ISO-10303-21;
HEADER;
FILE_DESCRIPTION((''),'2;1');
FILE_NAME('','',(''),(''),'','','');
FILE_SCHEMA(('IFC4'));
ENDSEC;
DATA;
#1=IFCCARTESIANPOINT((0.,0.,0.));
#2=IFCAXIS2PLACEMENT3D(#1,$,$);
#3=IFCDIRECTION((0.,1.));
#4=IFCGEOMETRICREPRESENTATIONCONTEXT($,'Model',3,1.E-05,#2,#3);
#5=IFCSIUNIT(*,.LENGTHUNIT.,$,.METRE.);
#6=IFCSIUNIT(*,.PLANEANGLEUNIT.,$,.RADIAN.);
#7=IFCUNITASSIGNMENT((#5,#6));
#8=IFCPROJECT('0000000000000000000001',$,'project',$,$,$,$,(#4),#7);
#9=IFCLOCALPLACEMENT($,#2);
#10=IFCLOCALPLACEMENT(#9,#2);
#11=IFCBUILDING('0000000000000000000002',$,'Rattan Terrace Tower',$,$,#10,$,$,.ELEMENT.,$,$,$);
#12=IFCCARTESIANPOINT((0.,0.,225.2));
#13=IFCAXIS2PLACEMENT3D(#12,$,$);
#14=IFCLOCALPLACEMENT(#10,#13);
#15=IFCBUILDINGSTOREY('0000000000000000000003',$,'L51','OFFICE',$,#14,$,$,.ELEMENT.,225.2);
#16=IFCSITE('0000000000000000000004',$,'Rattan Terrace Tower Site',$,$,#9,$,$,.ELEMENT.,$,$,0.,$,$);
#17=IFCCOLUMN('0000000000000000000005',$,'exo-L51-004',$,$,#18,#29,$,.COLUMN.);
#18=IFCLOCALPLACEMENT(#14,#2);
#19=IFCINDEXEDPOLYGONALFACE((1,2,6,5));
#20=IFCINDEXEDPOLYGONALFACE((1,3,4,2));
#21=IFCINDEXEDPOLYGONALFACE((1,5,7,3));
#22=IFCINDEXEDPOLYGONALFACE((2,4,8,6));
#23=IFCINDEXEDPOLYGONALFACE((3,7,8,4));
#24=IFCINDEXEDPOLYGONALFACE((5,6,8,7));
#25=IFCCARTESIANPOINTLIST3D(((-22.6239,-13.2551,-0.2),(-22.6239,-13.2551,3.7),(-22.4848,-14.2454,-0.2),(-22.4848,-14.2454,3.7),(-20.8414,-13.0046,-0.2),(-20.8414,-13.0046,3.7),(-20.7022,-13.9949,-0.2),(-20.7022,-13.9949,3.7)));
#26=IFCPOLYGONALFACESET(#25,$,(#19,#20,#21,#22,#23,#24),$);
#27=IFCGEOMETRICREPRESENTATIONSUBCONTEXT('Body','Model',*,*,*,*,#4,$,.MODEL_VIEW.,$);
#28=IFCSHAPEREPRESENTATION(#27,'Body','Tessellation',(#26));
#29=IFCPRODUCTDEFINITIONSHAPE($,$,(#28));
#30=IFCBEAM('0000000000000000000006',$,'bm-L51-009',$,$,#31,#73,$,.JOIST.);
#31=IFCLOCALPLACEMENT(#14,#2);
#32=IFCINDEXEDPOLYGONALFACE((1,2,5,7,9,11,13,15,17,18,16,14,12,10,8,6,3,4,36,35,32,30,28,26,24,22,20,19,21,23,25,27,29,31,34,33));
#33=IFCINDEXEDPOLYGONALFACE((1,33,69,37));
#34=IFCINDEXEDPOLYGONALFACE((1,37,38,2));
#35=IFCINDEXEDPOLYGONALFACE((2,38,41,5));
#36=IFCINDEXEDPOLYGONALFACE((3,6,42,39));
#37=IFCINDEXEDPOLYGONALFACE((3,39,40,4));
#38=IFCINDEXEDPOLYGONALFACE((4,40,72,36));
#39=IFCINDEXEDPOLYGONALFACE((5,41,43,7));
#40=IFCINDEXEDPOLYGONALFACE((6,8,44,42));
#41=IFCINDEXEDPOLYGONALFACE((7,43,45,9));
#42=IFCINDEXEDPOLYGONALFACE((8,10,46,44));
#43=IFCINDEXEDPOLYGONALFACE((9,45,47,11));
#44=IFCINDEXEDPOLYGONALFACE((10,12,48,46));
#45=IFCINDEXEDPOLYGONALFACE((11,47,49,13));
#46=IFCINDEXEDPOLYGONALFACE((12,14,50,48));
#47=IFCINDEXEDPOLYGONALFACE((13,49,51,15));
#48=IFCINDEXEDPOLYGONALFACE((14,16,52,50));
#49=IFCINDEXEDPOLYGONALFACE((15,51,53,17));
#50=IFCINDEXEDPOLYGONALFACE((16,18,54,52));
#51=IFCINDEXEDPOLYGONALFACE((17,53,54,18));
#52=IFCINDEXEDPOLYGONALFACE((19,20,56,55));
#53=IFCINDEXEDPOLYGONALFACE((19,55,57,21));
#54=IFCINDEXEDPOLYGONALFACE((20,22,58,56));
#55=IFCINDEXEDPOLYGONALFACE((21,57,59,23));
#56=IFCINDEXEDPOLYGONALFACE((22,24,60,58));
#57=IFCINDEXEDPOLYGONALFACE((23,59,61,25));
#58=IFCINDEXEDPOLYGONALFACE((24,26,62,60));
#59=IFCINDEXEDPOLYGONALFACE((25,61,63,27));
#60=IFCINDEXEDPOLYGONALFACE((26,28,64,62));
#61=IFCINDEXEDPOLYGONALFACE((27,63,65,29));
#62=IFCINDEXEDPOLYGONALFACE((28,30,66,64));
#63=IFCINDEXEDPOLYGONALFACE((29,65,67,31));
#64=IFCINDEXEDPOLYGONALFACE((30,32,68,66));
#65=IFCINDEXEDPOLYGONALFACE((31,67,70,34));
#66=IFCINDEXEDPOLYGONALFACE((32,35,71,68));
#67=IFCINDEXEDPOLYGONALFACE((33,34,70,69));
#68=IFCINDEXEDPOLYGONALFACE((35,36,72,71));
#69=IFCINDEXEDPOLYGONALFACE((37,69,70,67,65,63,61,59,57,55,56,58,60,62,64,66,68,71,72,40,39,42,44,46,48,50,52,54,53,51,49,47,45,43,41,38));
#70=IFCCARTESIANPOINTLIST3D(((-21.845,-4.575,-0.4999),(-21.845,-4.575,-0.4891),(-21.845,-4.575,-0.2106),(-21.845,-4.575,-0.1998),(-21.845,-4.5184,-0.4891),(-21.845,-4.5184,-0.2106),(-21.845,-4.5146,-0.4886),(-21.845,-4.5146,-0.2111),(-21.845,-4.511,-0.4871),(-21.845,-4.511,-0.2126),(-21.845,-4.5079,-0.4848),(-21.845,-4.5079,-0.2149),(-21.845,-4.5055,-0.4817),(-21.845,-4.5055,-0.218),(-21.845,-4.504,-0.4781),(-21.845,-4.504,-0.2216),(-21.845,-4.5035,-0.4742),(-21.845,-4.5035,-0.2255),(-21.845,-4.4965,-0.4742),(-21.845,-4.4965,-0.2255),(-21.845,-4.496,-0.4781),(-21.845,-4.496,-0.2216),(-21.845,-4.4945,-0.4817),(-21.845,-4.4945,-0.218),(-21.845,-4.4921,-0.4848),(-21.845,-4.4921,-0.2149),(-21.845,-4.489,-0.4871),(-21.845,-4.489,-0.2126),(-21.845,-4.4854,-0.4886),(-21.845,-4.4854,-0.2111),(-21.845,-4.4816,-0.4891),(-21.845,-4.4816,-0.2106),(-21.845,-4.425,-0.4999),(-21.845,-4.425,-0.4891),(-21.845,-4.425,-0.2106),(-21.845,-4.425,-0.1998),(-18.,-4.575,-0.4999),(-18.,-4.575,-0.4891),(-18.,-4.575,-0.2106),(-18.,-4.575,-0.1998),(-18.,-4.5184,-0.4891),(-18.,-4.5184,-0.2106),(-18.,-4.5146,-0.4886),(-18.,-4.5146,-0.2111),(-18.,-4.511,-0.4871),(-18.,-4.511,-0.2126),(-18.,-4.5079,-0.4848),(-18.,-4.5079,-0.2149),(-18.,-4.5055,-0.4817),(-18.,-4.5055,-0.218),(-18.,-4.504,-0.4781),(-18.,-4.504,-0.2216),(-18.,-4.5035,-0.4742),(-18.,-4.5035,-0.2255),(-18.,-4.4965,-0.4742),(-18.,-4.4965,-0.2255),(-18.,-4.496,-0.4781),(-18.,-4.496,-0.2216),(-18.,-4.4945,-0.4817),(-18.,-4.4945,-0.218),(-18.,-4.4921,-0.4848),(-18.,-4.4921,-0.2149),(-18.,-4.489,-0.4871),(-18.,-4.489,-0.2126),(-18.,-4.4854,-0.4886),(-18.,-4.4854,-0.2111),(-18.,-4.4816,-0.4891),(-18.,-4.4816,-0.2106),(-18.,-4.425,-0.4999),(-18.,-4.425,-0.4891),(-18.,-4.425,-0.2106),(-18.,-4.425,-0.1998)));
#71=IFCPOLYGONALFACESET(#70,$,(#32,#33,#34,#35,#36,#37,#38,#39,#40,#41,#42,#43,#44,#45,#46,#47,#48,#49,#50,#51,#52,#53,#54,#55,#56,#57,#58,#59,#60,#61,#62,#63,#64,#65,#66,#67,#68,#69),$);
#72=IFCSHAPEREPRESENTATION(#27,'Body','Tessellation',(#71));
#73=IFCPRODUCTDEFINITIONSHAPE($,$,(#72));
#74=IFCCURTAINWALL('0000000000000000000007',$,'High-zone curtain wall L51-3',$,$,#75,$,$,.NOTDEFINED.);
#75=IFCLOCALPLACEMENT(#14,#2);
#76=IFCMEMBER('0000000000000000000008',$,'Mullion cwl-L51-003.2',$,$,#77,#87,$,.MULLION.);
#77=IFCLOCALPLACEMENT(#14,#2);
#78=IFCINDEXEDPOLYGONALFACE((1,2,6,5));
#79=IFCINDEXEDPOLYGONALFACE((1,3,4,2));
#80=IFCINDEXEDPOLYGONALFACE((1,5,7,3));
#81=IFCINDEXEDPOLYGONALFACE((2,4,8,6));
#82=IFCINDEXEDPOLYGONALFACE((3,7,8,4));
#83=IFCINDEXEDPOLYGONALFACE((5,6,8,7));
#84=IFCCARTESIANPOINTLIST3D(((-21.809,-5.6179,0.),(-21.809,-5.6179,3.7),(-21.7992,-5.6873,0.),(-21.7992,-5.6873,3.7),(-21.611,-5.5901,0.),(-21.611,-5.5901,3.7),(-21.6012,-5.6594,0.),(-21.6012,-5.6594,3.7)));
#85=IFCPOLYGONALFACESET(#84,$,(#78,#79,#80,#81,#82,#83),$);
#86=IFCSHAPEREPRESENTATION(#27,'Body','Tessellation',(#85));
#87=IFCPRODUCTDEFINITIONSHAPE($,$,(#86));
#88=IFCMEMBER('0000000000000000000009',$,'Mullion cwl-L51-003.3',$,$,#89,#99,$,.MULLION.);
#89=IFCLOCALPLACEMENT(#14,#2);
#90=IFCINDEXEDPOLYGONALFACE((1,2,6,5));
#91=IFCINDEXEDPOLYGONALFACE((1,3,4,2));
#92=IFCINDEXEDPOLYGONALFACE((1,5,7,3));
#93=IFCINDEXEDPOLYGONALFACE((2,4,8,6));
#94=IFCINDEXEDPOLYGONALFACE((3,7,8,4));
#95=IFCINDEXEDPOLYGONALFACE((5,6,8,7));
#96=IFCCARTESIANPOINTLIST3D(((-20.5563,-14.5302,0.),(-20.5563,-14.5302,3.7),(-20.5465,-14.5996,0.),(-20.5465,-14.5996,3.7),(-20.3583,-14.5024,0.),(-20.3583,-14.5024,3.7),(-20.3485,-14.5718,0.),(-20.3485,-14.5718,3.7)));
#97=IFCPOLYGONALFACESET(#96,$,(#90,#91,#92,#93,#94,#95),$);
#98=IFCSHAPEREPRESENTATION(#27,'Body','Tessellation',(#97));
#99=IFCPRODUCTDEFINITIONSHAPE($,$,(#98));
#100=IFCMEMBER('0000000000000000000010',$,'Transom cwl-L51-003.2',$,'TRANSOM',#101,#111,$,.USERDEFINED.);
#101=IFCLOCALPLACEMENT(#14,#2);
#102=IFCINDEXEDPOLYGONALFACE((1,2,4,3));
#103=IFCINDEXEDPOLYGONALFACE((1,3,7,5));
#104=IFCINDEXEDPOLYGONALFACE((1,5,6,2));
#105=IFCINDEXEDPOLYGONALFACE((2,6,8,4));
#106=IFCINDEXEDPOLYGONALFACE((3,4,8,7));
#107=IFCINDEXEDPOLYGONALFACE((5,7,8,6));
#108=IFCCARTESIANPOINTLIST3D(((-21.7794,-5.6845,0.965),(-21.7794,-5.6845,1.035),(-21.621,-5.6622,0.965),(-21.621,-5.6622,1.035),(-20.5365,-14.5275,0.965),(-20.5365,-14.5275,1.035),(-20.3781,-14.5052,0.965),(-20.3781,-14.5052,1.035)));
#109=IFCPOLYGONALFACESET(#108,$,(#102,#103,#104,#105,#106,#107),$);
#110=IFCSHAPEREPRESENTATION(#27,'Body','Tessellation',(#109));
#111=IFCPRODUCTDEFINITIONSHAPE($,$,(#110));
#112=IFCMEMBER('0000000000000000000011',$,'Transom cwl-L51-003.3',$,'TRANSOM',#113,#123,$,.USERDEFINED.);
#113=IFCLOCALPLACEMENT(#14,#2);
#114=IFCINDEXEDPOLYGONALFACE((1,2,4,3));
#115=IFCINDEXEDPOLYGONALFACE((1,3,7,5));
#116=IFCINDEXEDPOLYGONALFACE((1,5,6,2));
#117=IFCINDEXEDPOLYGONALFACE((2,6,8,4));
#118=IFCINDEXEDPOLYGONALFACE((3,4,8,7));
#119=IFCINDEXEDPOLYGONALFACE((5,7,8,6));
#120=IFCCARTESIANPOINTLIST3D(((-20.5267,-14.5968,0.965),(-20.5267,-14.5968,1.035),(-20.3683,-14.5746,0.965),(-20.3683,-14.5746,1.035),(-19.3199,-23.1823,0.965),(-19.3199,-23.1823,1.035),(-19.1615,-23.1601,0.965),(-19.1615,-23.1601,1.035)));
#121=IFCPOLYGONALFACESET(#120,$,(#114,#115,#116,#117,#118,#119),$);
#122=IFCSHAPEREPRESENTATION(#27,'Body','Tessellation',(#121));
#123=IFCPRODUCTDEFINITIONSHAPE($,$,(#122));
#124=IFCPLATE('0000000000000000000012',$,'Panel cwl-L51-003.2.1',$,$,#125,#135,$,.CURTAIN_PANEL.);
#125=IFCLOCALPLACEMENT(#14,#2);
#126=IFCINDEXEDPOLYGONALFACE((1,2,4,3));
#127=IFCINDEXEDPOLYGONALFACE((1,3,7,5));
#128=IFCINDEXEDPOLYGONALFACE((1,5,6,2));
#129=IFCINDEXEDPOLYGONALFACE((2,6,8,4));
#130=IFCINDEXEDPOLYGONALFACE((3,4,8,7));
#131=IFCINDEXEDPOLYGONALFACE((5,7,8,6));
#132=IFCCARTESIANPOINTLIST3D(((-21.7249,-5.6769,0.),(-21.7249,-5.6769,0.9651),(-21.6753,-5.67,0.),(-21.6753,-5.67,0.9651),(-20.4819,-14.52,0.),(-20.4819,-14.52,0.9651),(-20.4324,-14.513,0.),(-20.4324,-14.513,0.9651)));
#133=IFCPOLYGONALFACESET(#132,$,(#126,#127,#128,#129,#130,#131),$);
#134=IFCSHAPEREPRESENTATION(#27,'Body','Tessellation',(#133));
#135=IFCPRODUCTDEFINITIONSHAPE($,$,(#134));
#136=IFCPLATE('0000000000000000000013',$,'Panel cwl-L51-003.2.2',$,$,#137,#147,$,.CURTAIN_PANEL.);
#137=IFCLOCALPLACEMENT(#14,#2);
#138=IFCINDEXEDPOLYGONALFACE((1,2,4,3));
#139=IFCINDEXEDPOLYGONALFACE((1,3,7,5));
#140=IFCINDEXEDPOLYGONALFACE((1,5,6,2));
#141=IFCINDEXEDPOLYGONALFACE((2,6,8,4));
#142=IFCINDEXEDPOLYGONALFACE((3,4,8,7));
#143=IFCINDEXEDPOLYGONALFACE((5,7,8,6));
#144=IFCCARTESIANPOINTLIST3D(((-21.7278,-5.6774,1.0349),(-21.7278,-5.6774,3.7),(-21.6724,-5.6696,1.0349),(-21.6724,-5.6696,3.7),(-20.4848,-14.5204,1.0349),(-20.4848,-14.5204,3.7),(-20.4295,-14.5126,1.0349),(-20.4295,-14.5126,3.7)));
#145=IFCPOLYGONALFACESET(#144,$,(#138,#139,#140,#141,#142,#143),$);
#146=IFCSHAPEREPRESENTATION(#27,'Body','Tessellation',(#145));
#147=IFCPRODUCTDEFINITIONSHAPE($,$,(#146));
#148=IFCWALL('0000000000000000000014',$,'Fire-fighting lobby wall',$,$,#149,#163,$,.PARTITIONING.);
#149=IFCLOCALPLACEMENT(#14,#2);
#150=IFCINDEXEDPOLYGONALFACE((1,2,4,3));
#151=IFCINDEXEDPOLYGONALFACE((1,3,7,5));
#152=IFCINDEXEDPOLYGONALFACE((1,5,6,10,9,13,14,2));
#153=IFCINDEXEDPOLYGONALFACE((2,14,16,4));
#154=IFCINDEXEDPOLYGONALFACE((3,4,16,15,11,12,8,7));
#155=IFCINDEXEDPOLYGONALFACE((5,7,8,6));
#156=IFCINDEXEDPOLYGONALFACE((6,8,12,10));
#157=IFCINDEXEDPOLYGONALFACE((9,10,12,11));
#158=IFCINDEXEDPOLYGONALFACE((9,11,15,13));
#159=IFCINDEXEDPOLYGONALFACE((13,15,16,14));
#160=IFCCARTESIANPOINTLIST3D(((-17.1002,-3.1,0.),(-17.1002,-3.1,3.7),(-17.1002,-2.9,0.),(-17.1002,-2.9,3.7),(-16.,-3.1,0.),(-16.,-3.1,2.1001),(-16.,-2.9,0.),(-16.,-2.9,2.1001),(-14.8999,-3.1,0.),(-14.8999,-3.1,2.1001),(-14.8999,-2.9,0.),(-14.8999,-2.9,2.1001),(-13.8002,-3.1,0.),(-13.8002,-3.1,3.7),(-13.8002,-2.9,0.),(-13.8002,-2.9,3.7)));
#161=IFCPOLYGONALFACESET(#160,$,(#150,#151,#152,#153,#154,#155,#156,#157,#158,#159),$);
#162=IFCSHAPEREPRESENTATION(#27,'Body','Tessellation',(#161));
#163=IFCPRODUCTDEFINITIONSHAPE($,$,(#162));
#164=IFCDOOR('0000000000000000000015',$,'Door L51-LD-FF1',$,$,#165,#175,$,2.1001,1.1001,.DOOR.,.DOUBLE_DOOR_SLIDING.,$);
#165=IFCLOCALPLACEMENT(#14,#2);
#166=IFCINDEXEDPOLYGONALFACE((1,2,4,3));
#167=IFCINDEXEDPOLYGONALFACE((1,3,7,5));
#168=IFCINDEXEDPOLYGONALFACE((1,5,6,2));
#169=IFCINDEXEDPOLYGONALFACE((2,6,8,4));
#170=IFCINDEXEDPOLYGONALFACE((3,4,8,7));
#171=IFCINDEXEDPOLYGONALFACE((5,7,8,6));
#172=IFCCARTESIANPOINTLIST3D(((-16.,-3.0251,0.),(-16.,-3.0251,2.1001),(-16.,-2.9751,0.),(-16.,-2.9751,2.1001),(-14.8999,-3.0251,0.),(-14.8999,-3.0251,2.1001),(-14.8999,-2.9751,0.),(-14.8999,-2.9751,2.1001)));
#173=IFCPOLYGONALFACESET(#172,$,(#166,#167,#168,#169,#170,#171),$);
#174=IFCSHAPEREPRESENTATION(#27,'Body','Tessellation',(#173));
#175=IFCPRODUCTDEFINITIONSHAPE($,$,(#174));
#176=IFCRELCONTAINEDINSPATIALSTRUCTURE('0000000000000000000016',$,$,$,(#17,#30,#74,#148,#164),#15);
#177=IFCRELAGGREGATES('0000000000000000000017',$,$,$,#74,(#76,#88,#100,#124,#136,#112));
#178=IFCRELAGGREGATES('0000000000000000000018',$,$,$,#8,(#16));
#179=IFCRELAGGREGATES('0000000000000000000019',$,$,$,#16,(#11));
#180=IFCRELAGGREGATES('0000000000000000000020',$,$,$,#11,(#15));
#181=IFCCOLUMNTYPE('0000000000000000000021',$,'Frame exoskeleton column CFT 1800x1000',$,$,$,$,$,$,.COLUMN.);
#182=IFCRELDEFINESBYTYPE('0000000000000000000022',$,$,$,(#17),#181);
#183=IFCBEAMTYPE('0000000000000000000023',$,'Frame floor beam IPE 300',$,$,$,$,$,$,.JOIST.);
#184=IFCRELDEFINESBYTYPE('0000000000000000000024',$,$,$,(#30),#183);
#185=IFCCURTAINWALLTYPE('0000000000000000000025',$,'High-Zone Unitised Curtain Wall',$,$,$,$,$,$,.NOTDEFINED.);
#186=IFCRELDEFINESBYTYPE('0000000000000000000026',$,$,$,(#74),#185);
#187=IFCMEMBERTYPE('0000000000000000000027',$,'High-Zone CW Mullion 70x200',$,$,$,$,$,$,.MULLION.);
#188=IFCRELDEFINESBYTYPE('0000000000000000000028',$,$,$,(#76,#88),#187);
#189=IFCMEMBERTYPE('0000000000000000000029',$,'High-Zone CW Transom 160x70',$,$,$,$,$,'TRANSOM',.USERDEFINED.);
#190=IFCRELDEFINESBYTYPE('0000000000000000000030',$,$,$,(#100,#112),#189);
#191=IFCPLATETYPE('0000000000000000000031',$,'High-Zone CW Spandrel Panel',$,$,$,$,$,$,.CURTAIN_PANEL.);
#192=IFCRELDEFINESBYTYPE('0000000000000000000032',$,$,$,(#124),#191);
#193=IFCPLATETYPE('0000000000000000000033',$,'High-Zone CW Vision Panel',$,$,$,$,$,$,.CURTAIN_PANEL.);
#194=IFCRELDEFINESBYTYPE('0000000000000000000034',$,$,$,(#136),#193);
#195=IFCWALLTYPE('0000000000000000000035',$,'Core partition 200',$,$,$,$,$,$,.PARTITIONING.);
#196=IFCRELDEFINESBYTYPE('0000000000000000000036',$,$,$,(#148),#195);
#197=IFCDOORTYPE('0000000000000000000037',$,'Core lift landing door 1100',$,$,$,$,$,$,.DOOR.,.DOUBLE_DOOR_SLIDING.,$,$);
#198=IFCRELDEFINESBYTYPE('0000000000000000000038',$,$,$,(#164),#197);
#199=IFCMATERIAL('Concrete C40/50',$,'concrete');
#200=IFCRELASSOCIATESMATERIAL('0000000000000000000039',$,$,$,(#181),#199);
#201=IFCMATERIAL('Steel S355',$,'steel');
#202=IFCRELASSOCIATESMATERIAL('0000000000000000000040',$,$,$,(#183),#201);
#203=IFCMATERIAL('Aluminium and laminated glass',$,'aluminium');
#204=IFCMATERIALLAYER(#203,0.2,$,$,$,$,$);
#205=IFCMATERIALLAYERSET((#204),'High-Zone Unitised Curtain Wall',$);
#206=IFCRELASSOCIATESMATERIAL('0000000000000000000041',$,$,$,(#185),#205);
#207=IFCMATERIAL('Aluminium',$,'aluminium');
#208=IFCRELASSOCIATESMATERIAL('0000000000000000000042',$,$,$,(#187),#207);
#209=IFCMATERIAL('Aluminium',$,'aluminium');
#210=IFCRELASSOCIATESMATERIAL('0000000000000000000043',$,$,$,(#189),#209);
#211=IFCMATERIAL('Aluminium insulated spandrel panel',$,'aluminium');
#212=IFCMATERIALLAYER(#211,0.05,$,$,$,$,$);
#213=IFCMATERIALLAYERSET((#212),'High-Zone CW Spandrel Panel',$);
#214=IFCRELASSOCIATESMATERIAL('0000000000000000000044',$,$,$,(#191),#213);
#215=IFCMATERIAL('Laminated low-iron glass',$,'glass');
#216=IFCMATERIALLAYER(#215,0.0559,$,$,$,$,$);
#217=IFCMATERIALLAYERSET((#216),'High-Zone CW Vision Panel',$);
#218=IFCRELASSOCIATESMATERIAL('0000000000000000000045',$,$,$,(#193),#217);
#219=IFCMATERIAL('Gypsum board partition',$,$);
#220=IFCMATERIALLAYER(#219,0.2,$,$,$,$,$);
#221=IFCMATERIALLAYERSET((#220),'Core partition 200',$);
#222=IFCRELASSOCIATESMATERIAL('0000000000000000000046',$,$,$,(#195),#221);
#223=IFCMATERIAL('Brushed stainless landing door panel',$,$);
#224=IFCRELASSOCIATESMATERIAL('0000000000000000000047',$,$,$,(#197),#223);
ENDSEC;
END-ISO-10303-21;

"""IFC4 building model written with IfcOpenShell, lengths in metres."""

from ifc_helpers import new_model, si_unit, direction, frame, frame_2d, origin, origin_2d, place, context, subcontext, project, spatial, rectangle, i_section, extrude, material, layer, layer_set, material_profile, profile_set, type_object, element, fill, aggregate, save


model = new_model("IFC4")

# Units and contexts
model_context = context("Model", 3, precision=1e-05, world=origin(), true_north=direction((0.0, 1.0)))
body_context = subcontext(model_context, "Body", "Model", "MODEL_VIEW")
ifc_project = project(units=[si_unit("LENGTHUNIT", "METRE"), si_unit("PLANEANGLEUNIT", "RADIAN")], contexts=[model_context])

# Site, building, storey
site_placement = place(None, origin())
site = spatial("IfcSite", under=ifc_project, at=site_placement, Name="Rattan Terrace Tower Site", CompositionType="ELEMENT", RefElevation=0.0)
building_placement = place(site_placement, origin())
building = spatial("IfcBuilding", under=site, at=building_placement, Name="Rattan Terrace Tower", CompositionType="ELEMENT")
storey_placement = place(building_placement, frame((0.0, 0.0, 225.2)))
storey = spatial("IfcBuildingStorey", under=building, at=storey_placement, Name="L51", Description="OFFICE", CompositionType="ELEMENT", Elevation=225.2)

# Column
ifc_material_1 = material(Name="Concrete C40/50", Category="concrete")
ifc_material_profile_1 = material_profile(ifc_material_1, rectangle(XDim=1.0, YDim=1.8, at=origin_2d()), Name="CFT 1800x1000")
ifc_profile_set_1 = profile_set([ifc_material_profile_1], Name="Concrete C40/50")
column_type = type_object("IfcColumnType", Name="Frame exoskeleton column CFT 1800x1000", PredefinedType="COLUMN", material=ifc_profile_set_1)
column_placement = place(storey_placement, frame((-21.6631, -13.625, -0.2), z_axis=(0.0, 0.0, 1.0), x_axis=(-0.13919, 0.990266, 0.0)))
element("IfcColumn", 1, at=column_placement, inside=storey, type_object=column_type, Name="exo-L51-004", PredefinedType="COLUMN", context=body_context, shape_type="SweptSolid", body=[
    extrude(rectangle(XDim=1.0, YDim=1.8, at=origin_2d()), origin(), (0.0, 0.0, 1.0), 3.8999),
])

# Beam
ifc_material_2 = material(Name="Steel S355", Category="steel")
ifc_material_profile_2 = material_profile(ifc_material_2, i_section(OverallWidth=0.1499, OverallDepth=0.3, WebThickness=0.0071, FlangeThickness=0.0107, FilletRadius=0.0149, at=origin_2d()), Name="IPE 300")
ifc_profile_set_2 = profile_set([ifc_material_profile_2], Name="Steel S355")
beam_type = type_object("IfcBeamType", Name="Frame floor beam IPE 300", PredefinedType="JOIST", material=ifc_profile_set_2)
beam_placement = place(storey_placement, frame((-21.845, -4.5, -0.3499), z_axis=(1.0, 0.0, 0.0), x_axis=(0.0, 1.0, 0.0)))
element("IfcBeam", 2, at=beam_placement, inside=storey, type_object=beam_type, Name="bm-L51-009", PredefinedType="JOIST", context=body_context, shape_type="SweptSolid", body=[
    extrude(i_section(OverallWidth=0.1499, OverallDepth=0.3, WebThickness=0.0071, FlangeThickness=0.0107, FilletRadius=0.0149, at=origin_2d()), origin(), (0.0, 0.0, 1.0), 3.845),
])

# Curtain wall, members, plates
ifc_material_3 = material(Name="Aluminium and laminated glass", Category="aluminium")
ifc_layer_1 = layer(ifc_material_3, 0.2)
ifc_layer_set_1 = layer_set([ifc_layer_1], Name="High-Zone Unitised Curtain Wall")
curtain_wall_type = type_object("IfcCurtainWallType", Name="High-Zone Unitised Curtain Wall", PredefinedType="NOTDEFINED", material=ifc_layer_set_1)
curtain_wall_placement = place(storey_placement, origin())
curtain_wall = element("IfcCurtainWall", 3, at=curtain_wall_placement, inside=storey, type_object=curtain_wall_type, Name="High-zone curtain wall L51-3", PredefinedType="NOTDEFINED")
ifc_material_4 = material(Name="Aluminium", Category="aluminium")
ifc_material_profile_3 = material_profile(ifc_material_4, rectangle(XDim=0.0701, YDim=0.2, at=origin_2d()), Name="Aluminium 70x200")
ifc_profile_set_3 = profile_set([ifc_material_profile_3], Name="Aluminium")
member_type_1 = type_object("IfcMemberType", Name="High-Zone CW Mullion 70x200", PredefinedType="MULLION", material=ifc_profile_set_3)
member_1_placement = place(storey_placement, frame((-21.7051, -5.6387, 0.0), z_axis=(0.0, 0.0, 1.0), x_axis=(0.139186, -0.990266, 0.0)))
member_1 = element("IfcMember", 4, at=member_1_placement, type_object=member_type_1, Name="Mullion cwl-L51-003.2", PredefinedType="MULLION", context=body_context, shape_type="SweptSolid", body=[
    extrude(rectangle(XDim=0.0701, YDim=0.2, at=origin_2d()), origin(), (0.0, 0.0, 1.0), 3.7),
])
member_2_placement = place(storey_placement, frame((-20.4524, -14.551, 0.0), z_axis=(0.0, 0.0, 1.0), x_axis=(0.139186, -0.990266, 0.0)))
member_2 = element("IfcMember", 5, at=member_2_placement, type_object=member_type_1, Name="Mullion cwl-L51-003.3", PredefinedType="MULLION", context=body_context, shape_type="SweptSolid", body=[
    extrude(rectangle(XDim=0.0701, YDim=0.2, at=origin_2d()), origin(), (0.0, 0.0, 1.0), 3.7),
])
ifc_material_5 = material(Name="Aluminium", Category="aluminium")
ifc_material_profile_4 = material_profile(ifc_material_5, rectangle(XDim=0.1599, YDim=0.0701, at=origin_2d()), Name="Aluminium 160x70")
ifc_profile_set_4 = profile_set([ifc_material_profile_4], Name="Aluminium")
member_type_2 = type_object("IfcMemberType", Name="High-Zone CW Transom 160x70", ElementType="TRANSOM", PredefinedType="USERDEFINED", material=ifc_profile_set_4)
member_3_placement = place(storey_placement, frame((-21.7002, -5.6733, 1.0), z_axis=(0.139186, -0.990266, 0.0), x_axis=(0.990266, 0.139186, 0.0)))
member_3 = element("IfcMember", 6, at=member_3_placement, type_object=member_type_2, Name="Transom cwl-L51-003.2", ObjectType="TRANSOM", PredefinedType="USERDEFINED", context=body_context, shape_type="SweptSolid", body=[
    extrude(rectangle(XDim=0.1599, YDim=0.0701, at=origin_2d()), origin(), (0.0, 0.0, 1.0), 8.9299),
])
member_4_placement = place(storey_placement, frame((-20.4475, -14.5857, 1.0), z_axis=(0.139194, -0.990265, 0.0), x_axis=(0.990265, 0.139194, 0.0)))
member_4 = element("IfcMember", 7, at=member_4_placement, type_object=member_type_2, Name="Transom cwl-L51-003.3", ObjectType="TRANSOM", PredefinedType="USERDEFINED", context=body_context, shape_type="SweptSolid", body=[
    extrude(rectangle(XDim=0.1599, YDim=0.0701, at=origin_2d()), origin(), (0.0, 0.0, 1.0), 8.6699),
])
ifc_material_6 = material(Name="Aluminium insulated spandrel panel", Category="aluminium")
ifc_layer_2 = layer(ifc_material_6, 0.05)
ifc_layer_set_2 = layer_set([ifc_layer_2], Name="High-Zone CW Spandrel Panel")
plate_type_1 = type_object("IfcPlateType", Name="High-Zone CW Spandrel Panel", PredefinedType="CURTAIN_PANEL", material=ifc_layer_set_2)
plate_1_placement = place(storey_placement, frame((-21.0786, -10.095, 0.0), z_axis=(0.0, 0.0, 1.0), x_axis=(0.139186, -0.990266, 0.0)))
plate_1 = element("IfcPlate", 8, at=plate_1_placement, type_object=plate_type_1, Name="Panel cwl-L51-003.2.1", PredefinedType="CURTAIN_PANEL", context=body_context, shape_type="SweptSolid", body=[
    extrude(rectangle(XDim=8.9299, YDim=0.05, at=origin_2d()), origin(), (0.0, 0.0, 1.0), 0.9651),
])
ifc_material_7 = material(Name="Laminated low-iron glass", Category="glass")
ifc_layer_3 = layer(ifc_material_7, 0.0559)
ifc_layer_set_3 = layer_set([ifc_layer_3], Name="High-Zone CW Vision Panel")
plate_type_2 = type_object("IfcPlateType", Name="High-Zone CW Vision Panel", PredefinedType="CURTAIN_PANEL", material=ifc_layer_set_3)
plate_2_placement = place(storey_placement, frame((-21.0786, -10.095, 1.0349), z_axis=(0.0, 0.0, 1.0), x_axis=(0.139186, -0.990266, 0.0)))
plate_2 = element("IfcPlate", 9, at=plate_2_placement, type_object=plate_type_2, Name="Panel cwl-L51-003.2.2", PredefinedType="CURTAIN_PANEL", context=body_context, shape_type="SweptSolid", body=[
    extrude(rectangle(XDim=8.9299, YDim=0.0559, at=origin_2d()), origin(), (0.0, 0.0, 1.0), 2.665),
])
aggregate(curtain_wall, [member_1, member_2, member_3, plate_1, plate_2, member_4])

# Wall, opening, door
ifc_material_8 = material(Name="Gypsum board partition")
ifc_layer_4 = layer(ifc_material_8, 0.2)
ifc_layer_set_4 = layer_set([ifc_layer_4], Name="Core partition 200")
wall_type_1 = type_object("IfcWallType", Name="Core partition 200", PredefinedType="PARTITIONING", material=ifc_layer_set_4)
wall_1_placement = place(storey_placement, frame((-17.1001, -3.0, 0.0), z_axis=(0.0, 0.0, 1.0), x_axis=(1.0, 0.0, 0.0)))
wall_1 = element("IfcWall", 10, at=wall_1_placement, inside=storey, type_object=wall_type_1, Name="Fire-fighting lobby wall", PredefinedType="PARTITIONING", context=body_context, shape_type="SweptSolid", body=[
    extrude(rectangle(XDim=3.3, YDim=0.2, at=frame_2d((1.6499, 0.0))), origin(), (0.0, 0.0, 1.0), 3.7),
])
opening_1_placement = place(wall_1_placement, frame((1.1001, 0.0, 0.0)))
opening_1 = element("IfcOpeningElement", 11, at=opening_1_placement, cuts=wall_1, PredefinedType="OPENING", context=body_context, shape_type="SweptSolid", body=[
    extrude(rectangle(XDim=1.1001, YDim=2.1001, at=frame_2d((0.55, 1.05))), frame((0.0, 0.1106, 0.0), z_axis=(0.0, -1.0, 0.0), x_axis=(1.0, 0.0, 0.0)), (0.0, 0.0, 1.0), 0.2209),
])
ifc_material_9 = material(Name="Brushed stainless landing door panel")
door_type_1 = type_object("IfcDoorType", Name="Core lift landing door 1100", OperationType="DOUBLE_DOOR_SLIDING", PredefinedType="DOOR", material=ifc_material_9)
door_1_placement = place(opening_1_placement, origin())
door_1 = element("IfcDoor", 12, at=door_1_placement, inside=storey, type_object=door_type_1, Name="Door L51-LD-FF1", OperationType="DOUBLE_DOOR_SLIDING", OverallHeight=2.1001, OverallWidth=1.1001, PredefinedType="DOOR", context=body_context, shape_type="SweptSolid", body=[
    extrude(rectangle(XDim=1.1001, YDim=2.1001, at=frame_2d((0.55, 1.05))), frame((0.0, 0.0249, 0.0), z_axis=(0.0, -1.0, 0.0), x_axis=(1.0, 0.0, 0.0)), (0.0, 0.0, 1.0), 0.05),
])
fill(opening_1, door_1)

save(model, "model.ifc")
